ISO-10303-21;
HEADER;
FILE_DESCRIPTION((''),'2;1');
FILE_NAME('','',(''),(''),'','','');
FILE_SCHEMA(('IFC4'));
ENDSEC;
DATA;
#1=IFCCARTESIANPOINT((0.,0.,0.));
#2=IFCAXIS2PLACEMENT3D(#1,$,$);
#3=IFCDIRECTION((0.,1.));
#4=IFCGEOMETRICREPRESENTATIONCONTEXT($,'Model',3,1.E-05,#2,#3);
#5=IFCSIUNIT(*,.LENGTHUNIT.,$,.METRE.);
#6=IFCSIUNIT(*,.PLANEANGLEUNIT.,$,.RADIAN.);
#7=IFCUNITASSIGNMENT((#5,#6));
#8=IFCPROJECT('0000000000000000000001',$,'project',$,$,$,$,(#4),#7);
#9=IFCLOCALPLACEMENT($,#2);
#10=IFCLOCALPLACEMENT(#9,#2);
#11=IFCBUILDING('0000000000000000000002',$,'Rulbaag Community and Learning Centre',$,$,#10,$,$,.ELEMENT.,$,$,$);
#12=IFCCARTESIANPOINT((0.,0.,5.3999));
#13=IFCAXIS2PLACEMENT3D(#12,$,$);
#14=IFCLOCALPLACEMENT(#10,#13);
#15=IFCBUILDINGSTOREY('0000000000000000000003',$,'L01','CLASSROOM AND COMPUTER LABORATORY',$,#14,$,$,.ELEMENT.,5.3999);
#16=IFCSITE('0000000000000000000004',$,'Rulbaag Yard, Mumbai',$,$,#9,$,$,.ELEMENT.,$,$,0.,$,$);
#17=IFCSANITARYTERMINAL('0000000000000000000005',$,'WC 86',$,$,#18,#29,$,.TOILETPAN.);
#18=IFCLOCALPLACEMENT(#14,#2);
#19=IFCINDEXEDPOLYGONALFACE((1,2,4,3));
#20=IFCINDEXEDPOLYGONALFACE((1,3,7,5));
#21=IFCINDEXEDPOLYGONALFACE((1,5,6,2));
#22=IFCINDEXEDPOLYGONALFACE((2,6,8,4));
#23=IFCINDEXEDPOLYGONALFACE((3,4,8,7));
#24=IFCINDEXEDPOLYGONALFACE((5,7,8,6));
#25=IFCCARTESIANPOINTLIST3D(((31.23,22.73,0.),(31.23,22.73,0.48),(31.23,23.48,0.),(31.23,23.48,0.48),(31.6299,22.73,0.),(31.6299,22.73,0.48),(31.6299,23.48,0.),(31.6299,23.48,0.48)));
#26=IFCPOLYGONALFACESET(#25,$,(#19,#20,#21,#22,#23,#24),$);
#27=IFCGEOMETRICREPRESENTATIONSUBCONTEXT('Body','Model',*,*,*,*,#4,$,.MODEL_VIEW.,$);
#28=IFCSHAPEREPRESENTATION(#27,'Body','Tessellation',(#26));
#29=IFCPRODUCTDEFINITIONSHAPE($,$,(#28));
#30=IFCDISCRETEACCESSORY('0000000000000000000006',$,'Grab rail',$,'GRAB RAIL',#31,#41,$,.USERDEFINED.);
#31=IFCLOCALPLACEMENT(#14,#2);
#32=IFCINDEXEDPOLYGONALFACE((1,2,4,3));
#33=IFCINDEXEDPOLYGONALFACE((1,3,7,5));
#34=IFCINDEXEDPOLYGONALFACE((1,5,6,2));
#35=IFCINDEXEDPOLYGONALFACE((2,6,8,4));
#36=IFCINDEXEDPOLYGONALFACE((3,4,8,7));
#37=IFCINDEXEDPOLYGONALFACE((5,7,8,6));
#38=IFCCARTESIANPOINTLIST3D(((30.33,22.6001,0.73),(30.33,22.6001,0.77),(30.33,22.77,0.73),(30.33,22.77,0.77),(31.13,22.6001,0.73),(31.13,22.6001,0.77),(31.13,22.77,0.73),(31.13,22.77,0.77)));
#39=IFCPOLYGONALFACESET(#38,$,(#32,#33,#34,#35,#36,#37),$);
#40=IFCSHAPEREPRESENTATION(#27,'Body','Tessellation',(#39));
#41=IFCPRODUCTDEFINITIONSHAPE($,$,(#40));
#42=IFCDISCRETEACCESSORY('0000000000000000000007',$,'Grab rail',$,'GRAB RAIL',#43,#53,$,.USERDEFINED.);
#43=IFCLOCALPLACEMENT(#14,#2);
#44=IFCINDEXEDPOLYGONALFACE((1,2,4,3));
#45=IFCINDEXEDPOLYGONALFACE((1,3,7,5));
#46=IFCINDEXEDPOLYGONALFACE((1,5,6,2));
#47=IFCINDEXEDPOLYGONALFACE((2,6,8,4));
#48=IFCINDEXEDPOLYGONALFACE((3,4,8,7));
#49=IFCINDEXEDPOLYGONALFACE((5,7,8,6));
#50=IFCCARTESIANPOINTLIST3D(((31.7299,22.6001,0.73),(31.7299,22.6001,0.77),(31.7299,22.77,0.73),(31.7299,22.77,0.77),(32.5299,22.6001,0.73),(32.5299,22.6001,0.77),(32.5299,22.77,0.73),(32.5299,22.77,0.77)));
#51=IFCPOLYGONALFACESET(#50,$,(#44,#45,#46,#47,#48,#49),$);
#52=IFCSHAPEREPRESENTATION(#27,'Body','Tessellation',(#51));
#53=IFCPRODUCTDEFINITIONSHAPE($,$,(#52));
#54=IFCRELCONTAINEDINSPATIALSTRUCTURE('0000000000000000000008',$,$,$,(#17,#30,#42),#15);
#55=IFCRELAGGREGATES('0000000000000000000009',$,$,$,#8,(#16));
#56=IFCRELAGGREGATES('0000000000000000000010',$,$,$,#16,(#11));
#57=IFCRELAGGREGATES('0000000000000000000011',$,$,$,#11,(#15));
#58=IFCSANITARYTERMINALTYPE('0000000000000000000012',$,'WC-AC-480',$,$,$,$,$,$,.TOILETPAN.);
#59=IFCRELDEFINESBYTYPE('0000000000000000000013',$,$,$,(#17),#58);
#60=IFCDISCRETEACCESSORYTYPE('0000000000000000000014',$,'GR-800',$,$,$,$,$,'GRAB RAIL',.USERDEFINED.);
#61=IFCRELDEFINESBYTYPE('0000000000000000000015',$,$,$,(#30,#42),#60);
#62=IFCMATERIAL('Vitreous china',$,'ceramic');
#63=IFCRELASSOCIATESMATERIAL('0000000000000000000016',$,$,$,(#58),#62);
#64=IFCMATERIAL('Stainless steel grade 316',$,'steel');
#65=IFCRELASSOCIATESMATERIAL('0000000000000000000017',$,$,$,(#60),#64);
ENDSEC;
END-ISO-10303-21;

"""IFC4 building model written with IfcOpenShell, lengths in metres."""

from ifc_helpers import new_model, si_unit, direction, frame, origin, origin_2d, place, context, subcontext, project, spatial, rectangle, extrude, material, type_object, element, save


model = new_model("IFC4")

# Units and contexts
model_context = context("Model", 3, precision=1e-05, world=origin(), true_north=direction((0.0, 1.0)))
body_context = subcontext(model_context, "Body", "Model", "MODEL_VIEW")
ifc_project = project(units=[si_unit("LENGTHUNIT", "METRE"), si_unit("PLANEANGLEUNIT", "RADIAN")], contexts=[model_context])

# Site, building, storey
site_placement = place(None, origin())
site = spatial("IfcSite", under=ifc_project, at=site_placement, Name="Rulbaag Yard, Mumbai", CompositionType="ELEMENT", RefElevation=0.0)
building_placement = place(site_placement, origin())
building = spatial("IfcBuilding", under=site, at=building_placement, Name="Rulbaag Community and Learning Centre", CompositionType="ELEMENT")
storey_placement = place(building_placement, frame((0.0, 0.0, 5.3999)))
storey = spatial("IfcBuildingStorey", under=building, at=storey_placement, Name="L01", Description="CLASSROOM AND COMPUTER LABORATORY", CompositionType="ELEMENT", Elevation=5.3999)

# Sanitary terminal
ifc_material_1 = material(Name="Vitreous china", Category="ceramic")
sanitary_terminal_type_1 = type_object("IfcSanitaryTerminalType", Name="WC-AC-480", PredefinedType="TOILETPAN", material=ifc_material_1)
sanitary_terminal_1_placement = place(storey_placement, frame((31.4299, 23.105, 0.0), z_axis=(0.0, 0.0, 1.0), x_axis=(1.0, 0.0, 0.0)))
element("IfcSanitaryTerminal", 1, at=sanitary_terminal_1_placement, inside=storey, type_object=sanitary_terminal_type_1, Name="WC 86", PredefinedType="TOILETPAN", context=body_context, shape_type="SweptSolid", body=[
    extrude(rectangle(XDim=0.3999, YDim=0.75, at=origin_2d()), origin(), (0.0, 0.0, 1.0), 0.48),
])

# Discrete accessories
ifc_material_2 = material(Name="Stainless steel grade 316", Category="steel")
discrete_accessory_type = type_object("IfcDiscreteAccessoryType", Name="GR-800", ElementType="GRAB RAIL", PredefinedType="USERDEFINED", material=ifc_material_2)
for number, where, z_axis, x_axis, name in (
    (2, (30.73, 22.6851, 0.73), (0.0, 0.0, 1.0), (1.0, 0.0, 0.0), "Grab rail"),
    (3, (32.1299, 22.6851, 0.73), (0.0, 0.0, 1.0), (1.0, 0.0, 0.0), "Grab rail"),
):
    element("IfcDiscreteAccessory", number, at=place(storey_placement, frame(where, z_axis=z_axis, x_axis=x_axis)), inside=storey, type_object=discrete_accessory_type, Name=name, ObjectType="GRAB RAIL", PredefinedType="USERDEFINED", context=body_context, shape_type="SweptSolid", body=[
        extrude(rectangle(XDim=0.8, YDim=0.1699, at=origin_2d()), origin(), (0.0, 0.0, 1.0), 0.04),
    ])

save(model, "model.ifc")
